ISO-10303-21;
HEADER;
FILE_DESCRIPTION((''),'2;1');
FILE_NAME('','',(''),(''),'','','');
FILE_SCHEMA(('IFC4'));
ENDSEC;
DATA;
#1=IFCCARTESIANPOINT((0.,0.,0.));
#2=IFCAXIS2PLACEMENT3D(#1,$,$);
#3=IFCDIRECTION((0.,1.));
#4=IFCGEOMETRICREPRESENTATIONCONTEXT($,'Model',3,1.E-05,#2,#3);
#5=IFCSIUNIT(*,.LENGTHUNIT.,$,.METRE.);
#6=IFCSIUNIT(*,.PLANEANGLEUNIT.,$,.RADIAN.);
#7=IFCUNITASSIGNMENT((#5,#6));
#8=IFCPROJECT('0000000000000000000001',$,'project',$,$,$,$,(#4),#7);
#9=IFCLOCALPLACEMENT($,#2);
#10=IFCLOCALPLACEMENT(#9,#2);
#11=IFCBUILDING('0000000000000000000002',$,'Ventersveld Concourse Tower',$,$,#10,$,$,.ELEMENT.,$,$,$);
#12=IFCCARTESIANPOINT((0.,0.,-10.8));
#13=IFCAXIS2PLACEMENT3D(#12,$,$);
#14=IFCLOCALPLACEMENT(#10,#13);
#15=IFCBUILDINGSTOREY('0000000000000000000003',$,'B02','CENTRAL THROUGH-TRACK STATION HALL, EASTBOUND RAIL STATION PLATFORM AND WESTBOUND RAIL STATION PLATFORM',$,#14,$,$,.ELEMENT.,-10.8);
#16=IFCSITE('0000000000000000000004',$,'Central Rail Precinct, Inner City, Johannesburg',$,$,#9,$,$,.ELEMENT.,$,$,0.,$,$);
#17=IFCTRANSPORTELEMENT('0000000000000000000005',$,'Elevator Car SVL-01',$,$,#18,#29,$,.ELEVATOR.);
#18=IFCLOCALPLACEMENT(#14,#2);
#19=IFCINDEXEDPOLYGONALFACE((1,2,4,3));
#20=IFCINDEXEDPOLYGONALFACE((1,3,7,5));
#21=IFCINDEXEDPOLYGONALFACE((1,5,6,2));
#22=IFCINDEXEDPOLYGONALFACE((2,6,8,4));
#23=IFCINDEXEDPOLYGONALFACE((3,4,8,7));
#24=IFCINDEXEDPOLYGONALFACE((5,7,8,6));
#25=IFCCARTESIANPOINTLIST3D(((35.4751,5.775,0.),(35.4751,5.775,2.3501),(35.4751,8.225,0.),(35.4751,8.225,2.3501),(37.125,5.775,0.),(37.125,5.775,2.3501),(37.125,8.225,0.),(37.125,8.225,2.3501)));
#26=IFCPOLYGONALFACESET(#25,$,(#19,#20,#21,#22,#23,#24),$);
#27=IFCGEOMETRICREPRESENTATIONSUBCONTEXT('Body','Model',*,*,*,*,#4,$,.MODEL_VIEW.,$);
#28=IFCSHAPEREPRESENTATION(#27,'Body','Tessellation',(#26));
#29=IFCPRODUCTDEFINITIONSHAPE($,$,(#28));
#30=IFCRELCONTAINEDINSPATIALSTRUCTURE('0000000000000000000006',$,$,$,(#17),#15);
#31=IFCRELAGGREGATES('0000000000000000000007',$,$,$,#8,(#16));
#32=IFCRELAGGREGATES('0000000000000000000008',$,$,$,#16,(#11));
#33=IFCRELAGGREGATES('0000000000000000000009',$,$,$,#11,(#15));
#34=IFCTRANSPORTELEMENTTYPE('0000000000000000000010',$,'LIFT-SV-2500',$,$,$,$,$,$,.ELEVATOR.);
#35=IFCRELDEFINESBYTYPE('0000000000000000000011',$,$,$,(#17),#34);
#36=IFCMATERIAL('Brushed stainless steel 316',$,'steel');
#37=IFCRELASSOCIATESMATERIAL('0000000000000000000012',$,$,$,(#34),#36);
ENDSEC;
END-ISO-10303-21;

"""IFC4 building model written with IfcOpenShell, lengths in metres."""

from ifc_helpers import new_model, si_unit, direction, frame, origin, origin_2d, place, context, subcontext, project, spatial, rectangle, extrude, material, type_object, element, save


model = new_model("IFC4")

# Units and contexts
model_context = context("Model", 3, precision=1e-05, world=origin(), true_north=direction((0.0, 1.0)))
body_context = subcontext(model_context, "Body", "Model", "MODEL_VIEW")
ifc_project = project(units=[si_unit("LENGTHUNIT", "METRE"), si_unit("PLANEANGLEUNIT", "RADIAN")], contexts=[model_context])

# Site, building, storey
site_placement = place(None, origin())
site = spatial("IfcSite", under=ifc_project, at=site_placement, Name="Central Rail Precinct, Inner City, Johannesburg", CompositionType="ELEMENT", RefElevation=0.0)
building_placement = place(site_placement, origin())
building = spatial("IfcBuilding", under=site, at=building_placement, Name="Ventersveld Concourse Tower", CompositionType="ELEMENT")
storey_placement = place(building_placement, frame((0.0, 0.0, -10.8)))
storey = spatial("IfcBuildingStorey", under=building, at=storey_placement, Name="B02", Description="CENTRAL THROUGH-TRACK STATION HALL, EASTBOUND RAIL STATION PLATFORM AND WESTBOUND RAIL STATION PLATFORM", CompositionType="ELEMENT", Elevation=-10.8)

# Shared definitions
ifc_material_1 = material(Name="Brushed stainless steel 316", Category="steel")

# Transport element
transport_element_type_1 = type_object("IfcTransportElementType", Name="LIFT-SV-2500", PredefinedType="ELEVATOR", material=ifc_material_1)
transport_element_1_placement = place(storey_placement, frame((36.3, 7.0, 0.0), z_axis=(0.0, 0.0, 1.0), x_axis=(1.0, 0.0, 0.0)))
element("IfcTransportElement", 1, at=transport_element_1_placement, inside=storey, type_object=transport_element_type_1, Name="Elevator Car SVL-01", PredefinedType="ELEVATOR", context=body_context, shape_type="SweptSolid", body=[
    extrude(rectangle(XDim=1.6499, YDim=2.45, at=origin_2d()), origin(), (0.0, 0.0, 1.0), 2.3501),
])

save(model, "model.ifc")
